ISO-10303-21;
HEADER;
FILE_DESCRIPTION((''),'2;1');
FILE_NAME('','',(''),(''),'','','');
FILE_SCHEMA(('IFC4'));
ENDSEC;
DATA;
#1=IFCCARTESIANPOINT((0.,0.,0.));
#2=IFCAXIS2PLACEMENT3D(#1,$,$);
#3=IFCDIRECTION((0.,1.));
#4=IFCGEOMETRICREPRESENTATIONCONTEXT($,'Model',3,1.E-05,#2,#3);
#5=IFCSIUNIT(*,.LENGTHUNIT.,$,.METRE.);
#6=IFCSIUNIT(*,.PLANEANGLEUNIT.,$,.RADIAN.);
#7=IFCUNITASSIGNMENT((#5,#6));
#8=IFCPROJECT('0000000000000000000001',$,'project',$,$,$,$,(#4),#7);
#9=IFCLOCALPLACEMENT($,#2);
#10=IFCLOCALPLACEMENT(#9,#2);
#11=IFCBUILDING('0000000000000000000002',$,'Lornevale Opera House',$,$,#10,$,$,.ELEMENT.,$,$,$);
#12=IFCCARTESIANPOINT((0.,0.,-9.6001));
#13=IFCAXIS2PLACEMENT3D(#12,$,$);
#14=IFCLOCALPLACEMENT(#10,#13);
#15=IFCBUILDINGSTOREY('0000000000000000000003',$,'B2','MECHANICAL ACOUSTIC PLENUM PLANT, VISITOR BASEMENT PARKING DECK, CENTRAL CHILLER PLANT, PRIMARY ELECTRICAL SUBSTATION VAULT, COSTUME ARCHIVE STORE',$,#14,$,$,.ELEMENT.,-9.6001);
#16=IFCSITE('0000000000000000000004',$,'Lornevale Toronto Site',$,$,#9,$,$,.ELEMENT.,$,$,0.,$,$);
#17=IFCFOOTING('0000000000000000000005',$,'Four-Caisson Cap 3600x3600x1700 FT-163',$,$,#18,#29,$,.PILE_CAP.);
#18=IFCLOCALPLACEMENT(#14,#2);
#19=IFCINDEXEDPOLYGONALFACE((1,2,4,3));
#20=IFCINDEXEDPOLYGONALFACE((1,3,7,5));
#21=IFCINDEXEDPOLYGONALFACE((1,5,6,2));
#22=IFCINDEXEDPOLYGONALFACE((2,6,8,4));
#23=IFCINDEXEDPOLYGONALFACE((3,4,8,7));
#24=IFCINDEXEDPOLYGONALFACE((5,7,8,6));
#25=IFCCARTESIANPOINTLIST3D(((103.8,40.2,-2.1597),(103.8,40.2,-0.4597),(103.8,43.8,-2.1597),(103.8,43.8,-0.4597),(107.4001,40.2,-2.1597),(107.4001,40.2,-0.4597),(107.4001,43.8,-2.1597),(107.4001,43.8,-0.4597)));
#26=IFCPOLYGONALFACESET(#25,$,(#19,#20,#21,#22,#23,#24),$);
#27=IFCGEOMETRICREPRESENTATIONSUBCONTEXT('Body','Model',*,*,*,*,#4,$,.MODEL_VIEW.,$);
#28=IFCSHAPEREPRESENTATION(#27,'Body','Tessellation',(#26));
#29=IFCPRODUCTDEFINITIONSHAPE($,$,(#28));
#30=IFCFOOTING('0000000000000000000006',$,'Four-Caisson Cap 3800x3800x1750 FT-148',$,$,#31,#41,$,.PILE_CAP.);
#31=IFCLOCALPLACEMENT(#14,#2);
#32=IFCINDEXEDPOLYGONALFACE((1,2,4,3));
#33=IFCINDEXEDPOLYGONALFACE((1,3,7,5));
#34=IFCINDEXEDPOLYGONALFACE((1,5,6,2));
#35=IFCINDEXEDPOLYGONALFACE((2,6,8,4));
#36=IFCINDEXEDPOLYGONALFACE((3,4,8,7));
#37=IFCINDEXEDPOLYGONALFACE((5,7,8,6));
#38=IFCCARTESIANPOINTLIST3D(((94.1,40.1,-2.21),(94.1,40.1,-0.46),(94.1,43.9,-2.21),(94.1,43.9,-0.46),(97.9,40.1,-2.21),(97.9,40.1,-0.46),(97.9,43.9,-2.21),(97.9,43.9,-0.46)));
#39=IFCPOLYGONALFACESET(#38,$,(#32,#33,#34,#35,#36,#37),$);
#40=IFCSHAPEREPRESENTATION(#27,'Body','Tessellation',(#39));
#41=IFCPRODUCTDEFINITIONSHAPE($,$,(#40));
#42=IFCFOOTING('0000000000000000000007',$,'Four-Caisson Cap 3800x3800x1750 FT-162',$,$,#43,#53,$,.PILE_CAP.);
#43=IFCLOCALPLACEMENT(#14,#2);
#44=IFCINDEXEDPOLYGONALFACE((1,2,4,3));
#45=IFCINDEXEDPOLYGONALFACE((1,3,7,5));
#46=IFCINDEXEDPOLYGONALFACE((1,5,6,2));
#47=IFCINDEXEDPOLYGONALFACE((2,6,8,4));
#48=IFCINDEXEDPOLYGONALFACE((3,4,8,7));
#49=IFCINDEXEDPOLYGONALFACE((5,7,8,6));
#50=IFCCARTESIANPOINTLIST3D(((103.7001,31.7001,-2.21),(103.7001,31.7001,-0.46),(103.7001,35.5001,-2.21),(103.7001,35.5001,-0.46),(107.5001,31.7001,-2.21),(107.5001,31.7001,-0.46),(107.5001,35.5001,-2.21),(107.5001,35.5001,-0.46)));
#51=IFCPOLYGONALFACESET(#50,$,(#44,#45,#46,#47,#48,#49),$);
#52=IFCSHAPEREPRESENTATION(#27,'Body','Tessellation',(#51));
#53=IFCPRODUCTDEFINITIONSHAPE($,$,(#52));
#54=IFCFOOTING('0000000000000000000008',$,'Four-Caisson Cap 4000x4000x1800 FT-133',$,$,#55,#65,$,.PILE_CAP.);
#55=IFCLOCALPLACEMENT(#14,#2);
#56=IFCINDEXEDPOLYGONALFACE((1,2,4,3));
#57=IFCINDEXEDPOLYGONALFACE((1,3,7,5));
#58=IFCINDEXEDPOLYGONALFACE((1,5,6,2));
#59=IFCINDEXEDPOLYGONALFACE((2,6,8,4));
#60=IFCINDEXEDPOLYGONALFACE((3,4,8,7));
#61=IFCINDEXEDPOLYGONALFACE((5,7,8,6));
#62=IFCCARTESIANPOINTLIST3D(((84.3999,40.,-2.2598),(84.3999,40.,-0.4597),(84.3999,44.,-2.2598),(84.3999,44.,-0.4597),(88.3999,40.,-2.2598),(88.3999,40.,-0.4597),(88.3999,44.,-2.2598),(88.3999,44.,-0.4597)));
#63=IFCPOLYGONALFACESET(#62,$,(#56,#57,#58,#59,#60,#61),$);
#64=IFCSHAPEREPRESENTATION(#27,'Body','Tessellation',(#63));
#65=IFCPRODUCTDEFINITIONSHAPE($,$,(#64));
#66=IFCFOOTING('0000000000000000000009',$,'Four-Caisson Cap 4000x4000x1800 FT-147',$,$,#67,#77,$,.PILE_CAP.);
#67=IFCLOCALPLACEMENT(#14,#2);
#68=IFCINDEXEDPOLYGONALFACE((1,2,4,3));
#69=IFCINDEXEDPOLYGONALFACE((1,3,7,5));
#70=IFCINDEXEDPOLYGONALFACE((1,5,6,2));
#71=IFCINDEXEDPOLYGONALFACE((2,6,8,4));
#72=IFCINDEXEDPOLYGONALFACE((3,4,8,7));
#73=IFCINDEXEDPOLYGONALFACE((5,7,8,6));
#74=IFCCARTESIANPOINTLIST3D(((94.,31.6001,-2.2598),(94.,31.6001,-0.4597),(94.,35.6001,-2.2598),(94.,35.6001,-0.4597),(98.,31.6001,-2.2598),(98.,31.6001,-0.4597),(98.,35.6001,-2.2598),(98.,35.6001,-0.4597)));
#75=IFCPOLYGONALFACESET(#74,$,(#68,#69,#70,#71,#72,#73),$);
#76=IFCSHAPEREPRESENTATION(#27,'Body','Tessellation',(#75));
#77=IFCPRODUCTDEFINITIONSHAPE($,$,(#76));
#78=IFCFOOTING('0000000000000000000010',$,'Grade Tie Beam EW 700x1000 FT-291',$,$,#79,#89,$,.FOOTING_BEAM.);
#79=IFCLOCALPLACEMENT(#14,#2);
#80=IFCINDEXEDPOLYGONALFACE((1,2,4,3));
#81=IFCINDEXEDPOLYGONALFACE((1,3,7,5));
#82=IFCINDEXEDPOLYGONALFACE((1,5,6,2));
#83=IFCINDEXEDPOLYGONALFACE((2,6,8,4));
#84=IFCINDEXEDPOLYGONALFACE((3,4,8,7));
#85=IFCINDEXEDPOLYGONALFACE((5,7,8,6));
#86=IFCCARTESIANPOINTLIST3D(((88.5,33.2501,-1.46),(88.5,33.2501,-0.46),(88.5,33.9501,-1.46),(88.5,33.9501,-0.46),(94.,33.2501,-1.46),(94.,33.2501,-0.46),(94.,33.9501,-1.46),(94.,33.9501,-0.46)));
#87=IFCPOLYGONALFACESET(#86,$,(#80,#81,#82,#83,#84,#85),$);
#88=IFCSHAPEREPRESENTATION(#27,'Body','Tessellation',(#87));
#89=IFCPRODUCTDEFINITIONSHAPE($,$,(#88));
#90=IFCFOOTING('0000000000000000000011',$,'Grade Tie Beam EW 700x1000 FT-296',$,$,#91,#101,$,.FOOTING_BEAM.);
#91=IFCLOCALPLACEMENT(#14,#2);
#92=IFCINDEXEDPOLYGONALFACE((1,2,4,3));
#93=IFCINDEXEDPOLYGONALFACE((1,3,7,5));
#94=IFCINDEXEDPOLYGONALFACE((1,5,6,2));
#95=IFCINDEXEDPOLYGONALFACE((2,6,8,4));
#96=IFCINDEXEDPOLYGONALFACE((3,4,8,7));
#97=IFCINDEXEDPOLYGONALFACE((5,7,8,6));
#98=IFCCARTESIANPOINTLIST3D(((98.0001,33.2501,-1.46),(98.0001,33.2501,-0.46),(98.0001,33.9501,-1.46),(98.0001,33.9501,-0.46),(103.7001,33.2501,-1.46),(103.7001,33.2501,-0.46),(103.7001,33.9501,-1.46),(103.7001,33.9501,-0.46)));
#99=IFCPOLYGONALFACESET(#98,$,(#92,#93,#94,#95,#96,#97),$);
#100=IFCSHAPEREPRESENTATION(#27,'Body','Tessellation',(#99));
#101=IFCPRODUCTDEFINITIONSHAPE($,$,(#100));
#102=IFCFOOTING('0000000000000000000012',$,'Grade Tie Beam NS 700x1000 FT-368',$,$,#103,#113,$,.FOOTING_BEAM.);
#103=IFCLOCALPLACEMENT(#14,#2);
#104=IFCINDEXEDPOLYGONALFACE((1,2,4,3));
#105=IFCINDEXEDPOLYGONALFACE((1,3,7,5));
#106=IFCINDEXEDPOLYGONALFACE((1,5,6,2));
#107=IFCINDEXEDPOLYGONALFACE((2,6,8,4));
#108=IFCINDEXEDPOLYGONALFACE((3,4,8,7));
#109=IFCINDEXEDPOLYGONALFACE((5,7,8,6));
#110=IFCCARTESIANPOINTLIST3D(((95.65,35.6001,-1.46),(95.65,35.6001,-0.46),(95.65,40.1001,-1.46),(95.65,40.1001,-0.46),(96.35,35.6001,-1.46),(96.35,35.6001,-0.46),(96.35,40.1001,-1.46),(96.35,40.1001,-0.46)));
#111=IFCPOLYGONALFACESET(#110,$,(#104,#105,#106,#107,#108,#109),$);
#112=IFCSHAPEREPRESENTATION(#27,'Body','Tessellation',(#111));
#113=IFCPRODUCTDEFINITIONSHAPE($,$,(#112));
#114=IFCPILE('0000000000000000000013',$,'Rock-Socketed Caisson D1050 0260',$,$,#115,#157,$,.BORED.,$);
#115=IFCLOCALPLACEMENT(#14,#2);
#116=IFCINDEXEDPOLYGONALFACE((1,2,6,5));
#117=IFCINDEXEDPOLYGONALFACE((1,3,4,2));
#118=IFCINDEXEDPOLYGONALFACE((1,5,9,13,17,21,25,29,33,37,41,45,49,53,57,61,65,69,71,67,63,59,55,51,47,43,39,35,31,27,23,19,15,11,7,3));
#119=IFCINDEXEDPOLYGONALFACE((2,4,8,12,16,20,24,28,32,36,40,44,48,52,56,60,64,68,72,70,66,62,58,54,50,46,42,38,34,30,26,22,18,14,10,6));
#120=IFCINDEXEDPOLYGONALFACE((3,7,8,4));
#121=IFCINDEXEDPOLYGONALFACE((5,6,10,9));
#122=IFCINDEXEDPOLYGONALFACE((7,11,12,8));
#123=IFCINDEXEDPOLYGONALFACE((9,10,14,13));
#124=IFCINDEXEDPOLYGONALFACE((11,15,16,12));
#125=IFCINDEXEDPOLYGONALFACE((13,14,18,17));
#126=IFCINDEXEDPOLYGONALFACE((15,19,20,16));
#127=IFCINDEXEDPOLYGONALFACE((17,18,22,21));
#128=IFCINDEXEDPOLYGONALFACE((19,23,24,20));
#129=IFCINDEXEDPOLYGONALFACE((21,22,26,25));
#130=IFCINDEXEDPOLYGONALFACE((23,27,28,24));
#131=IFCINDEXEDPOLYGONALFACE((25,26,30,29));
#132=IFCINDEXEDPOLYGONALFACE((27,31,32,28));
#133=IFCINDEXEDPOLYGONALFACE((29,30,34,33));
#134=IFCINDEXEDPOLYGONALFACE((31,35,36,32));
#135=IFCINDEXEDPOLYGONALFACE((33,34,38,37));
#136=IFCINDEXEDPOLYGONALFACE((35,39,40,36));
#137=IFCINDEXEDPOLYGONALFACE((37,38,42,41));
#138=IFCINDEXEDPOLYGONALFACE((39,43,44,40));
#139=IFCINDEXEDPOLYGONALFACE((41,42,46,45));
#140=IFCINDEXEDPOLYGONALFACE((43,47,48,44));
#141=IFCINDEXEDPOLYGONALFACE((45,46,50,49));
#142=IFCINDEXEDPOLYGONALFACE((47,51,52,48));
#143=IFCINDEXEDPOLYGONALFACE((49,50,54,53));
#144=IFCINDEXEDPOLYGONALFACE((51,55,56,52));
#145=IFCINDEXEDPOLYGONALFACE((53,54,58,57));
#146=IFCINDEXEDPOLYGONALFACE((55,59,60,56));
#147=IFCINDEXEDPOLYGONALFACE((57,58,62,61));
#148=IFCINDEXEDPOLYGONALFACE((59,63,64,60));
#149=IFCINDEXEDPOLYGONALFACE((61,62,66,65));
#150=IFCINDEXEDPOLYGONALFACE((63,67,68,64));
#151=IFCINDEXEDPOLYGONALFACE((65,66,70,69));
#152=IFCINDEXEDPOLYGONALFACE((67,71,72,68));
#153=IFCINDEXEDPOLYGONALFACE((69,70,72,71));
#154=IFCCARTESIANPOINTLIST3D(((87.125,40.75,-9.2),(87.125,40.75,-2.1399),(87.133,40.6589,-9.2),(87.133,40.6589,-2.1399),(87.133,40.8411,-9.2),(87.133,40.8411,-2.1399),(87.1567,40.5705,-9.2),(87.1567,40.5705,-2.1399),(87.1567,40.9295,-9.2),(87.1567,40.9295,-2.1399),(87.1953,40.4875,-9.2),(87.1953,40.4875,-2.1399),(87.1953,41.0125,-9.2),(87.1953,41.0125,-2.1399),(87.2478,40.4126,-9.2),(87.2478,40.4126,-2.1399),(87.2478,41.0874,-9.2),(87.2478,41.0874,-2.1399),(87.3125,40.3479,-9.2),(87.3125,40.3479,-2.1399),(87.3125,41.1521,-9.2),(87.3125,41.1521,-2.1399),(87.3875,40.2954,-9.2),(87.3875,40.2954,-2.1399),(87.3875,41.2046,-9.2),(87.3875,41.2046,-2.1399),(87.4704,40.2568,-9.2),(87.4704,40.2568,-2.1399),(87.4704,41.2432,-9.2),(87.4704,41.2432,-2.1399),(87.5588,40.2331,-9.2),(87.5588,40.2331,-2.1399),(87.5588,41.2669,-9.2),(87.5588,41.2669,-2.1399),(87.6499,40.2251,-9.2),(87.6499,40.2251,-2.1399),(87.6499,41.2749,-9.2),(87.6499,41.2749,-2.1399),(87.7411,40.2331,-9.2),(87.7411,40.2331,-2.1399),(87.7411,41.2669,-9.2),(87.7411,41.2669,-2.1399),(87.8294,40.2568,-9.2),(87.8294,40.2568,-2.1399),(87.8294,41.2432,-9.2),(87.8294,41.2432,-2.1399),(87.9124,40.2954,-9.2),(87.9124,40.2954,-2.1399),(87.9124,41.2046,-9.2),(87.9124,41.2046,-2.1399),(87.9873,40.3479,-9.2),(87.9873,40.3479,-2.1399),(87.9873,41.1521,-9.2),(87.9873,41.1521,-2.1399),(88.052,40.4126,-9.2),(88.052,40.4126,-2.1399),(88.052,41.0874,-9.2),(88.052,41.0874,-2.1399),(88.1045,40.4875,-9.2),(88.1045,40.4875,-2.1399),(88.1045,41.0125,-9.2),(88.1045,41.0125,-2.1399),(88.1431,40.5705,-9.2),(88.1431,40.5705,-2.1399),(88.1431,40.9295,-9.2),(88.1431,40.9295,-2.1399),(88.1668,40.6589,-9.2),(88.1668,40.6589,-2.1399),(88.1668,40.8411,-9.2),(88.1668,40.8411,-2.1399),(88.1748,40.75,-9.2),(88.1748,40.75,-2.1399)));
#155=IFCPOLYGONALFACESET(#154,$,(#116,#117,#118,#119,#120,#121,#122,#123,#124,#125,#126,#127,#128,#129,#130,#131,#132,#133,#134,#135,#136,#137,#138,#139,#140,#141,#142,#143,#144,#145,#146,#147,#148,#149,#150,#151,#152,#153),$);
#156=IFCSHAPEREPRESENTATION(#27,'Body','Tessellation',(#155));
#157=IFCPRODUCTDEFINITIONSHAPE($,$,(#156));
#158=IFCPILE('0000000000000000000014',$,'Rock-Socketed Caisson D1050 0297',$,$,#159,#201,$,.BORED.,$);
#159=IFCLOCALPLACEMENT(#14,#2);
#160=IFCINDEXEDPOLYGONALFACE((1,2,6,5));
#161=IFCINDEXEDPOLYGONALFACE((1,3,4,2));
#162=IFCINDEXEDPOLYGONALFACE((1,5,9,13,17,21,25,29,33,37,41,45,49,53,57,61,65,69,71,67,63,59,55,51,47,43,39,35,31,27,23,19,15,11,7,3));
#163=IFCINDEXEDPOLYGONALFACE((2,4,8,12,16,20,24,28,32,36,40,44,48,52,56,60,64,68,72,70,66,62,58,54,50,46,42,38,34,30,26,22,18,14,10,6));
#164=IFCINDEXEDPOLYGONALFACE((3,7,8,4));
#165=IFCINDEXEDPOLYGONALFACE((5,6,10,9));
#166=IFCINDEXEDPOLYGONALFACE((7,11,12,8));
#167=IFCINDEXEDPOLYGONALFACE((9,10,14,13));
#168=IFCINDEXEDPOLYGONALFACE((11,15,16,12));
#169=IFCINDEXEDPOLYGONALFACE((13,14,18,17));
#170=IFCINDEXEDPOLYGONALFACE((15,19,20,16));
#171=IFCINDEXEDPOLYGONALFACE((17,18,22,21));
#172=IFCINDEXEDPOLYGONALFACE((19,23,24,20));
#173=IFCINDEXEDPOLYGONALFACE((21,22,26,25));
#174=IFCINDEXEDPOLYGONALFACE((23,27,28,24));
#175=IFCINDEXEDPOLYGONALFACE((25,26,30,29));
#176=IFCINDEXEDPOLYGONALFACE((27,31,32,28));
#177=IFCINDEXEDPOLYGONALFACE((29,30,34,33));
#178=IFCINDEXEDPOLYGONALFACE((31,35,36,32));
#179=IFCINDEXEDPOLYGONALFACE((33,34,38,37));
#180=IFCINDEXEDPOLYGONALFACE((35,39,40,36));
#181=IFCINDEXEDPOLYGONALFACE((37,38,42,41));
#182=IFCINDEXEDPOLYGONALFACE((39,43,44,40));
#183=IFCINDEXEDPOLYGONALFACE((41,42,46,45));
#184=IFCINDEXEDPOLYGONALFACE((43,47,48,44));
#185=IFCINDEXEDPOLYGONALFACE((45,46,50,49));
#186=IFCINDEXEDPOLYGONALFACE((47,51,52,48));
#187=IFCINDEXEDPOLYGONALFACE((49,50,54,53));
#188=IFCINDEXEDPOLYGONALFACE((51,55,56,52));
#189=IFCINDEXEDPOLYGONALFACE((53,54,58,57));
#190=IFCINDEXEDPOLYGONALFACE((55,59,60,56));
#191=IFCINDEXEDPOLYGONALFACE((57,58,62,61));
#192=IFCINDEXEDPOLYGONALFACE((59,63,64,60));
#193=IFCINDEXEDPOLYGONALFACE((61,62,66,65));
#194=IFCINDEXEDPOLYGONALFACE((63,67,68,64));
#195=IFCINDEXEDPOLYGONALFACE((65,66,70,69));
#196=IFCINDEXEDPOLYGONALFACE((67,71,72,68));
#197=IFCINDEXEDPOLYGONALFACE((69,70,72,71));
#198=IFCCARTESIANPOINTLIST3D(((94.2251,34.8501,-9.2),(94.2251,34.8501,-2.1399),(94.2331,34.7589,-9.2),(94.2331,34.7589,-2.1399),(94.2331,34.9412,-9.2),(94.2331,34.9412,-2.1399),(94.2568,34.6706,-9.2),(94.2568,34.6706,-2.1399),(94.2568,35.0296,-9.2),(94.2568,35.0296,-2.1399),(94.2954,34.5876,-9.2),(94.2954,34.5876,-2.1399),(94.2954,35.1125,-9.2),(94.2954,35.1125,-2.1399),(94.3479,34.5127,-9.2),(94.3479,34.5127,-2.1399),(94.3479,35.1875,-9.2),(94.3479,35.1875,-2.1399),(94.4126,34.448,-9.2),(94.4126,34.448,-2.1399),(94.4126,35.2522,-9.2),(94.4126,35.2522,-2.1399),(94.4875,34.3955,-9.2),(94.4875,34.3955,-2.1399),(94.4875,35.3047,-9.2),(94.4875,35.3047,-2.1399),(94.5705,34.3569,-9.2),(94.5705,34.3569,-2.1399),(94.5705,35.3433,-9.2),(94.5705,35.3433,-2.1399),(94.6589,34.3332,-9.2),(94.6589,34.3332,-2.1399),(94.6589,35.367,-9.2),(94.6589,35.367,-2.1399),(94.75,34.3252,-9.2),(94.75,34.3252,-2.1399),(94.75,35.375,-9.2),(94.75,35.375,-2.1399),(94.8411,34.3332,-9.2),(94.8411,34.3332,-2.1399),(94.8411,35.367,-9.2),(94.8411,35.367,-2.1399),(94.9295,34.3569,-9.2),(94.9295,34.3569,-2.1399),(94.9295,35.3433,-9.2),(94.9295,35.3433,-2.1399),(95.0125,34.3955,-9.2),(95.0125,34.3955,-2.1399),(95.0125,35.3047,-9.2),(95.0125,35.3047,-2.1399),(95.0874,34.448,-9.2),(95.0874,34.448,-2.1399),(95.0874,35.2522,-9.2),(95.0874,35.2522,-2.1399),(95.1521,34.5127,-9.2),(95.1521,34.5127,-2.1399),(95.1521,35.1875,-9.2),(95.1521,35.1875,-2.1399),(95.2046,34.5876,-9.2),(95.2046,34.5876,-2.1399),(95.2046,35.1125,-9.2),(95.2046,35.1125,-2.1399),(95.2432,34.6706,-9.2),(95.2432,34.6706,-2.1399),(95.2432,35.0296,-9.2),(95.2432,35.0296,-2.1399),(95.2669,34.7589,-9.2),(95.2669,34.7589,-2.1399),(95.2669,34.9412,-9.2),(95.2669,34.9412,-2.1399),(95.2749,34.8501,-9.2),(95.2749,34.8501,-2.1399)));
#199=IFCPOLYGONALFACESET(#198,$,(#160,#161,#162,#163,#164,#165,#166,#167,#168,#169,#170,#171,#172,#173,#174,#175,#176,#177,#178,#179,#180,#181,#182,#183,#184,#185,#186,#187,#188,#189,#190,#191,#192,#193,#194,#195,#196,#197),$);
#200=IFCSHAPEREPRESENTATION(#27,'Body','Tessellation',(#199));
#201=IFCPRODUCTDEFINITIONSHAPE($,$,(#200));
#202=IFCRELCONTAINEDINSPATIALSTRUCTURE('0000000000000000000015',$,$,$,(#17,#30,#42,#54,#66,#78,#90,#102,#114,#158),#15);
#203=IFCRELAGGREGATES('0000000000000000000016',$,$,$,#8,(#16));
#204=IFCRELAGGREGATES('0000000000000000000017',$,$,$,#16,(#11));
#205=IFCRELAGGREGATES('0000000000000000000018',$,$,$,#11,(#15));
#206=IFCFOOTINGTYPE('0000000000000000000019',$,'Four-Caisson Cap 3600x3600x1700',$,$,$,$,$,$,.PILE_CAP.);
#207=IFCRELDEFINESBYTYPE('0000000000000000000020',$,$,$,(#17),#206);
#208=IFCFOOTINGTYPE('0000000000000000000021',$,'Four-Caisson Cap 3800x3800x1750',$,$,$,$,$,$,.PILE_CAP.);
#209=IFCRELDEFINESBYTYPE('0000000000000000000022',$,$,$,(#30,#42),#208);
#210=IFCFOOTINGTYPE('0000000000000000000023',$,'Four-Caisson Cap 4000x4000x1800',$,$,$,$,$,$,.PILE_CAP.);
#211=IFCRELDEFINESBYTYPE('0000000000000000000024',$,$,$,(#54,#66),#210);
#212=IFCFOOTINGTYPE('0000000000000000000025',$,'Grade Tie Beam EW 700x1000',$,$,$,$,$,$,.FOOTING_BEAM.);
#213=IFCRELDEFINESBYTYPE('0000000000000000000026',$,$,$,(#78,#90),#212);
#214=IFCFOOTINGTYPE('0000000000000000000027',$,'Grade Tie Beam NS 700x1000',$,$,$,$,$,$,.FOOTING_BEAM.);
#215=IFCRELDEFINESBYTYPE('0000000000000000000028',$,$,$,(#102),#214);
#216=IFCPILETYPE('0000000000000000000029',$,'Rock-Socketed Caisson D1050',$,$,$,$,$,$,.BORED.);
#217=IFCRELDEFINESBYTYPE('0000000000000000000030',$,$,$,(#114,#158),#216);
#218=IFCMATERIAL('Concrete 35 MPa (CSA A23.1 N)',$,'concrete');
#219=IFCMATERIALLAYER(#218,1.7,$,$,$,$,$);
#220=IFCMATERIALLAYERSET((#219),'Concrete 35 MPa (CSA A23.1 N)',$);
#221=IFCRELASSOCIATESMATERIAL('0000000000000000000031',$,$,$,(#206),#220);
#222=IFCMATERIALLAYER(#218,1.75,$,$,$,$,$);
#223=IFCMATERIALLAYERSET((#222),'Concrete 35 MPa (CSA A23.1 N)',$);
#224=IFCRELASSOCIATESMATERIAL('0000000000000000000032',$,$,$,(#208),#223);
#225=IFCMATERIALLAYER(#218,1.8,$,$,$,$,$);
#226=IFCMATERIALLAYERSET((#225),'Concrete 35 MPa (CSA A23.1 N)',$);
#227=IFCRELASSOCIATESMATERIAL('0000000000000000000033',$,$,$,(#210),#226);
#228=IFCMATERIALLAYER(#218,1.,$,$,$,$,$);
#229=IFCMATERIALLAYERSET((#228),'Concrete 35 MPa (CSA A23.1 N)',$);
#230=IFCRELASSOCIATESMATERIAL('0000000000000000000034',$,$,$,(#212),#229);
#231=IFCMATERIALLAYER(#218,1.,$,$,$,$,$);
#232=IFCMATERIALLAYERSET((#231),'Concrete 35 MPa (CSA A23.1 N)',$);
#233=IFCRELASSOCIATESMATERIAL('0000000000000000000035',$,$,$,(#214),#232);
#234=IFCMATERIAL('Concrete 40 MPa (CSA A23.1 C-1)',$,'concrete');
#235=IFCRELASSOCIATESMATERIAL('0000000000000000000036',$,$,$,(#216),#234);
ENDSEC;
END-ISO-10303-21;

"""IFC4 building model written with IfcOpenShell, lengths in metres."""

from ifc_helpers import new_model, si_unit, direction, frame, origin, origin_2d, place, context, subcontext, project, spatial, rectangle, circle, extrude, material, layer, layer_set, material_profile, profile_set, type_object, element, save


model = new_model("IFC4")

# Units and contexts
model_context = context("Model", 3, precision=1e-05, world=origin(), true_north=direction((0.0, 1.0)))
body_context = subcontext(model_context, "Body", "Model", "MODEL_VIEW")
ifc_project = project(units=[si_unit("LENGTHUNIT", "METRE"), si_unit("PLANEANGLEUNIT", "RADIAN")], contexts=[model_context])

# Site, building, storey
site_placement = place(None, origin())
site = spatial("IfcSite", under=ifc_project, at=site_placement, Name="Lornevale Toronto Site", CompositionType="ELEMENT", RefElevation=0.0)
building_placement = place(site_placement, origin())
building = spatial("IfcBuilding", under=site, at=building_placement, Name="Lornevale Opera House", CompositionType="ELEMENT")
storey_placement = place(building_placement, frame((0.0, 0.0, -9.6001)))
storey = spatial("IfcBuildingStorey", under=building, at=storey_placement, Name="B2", Description="MECHANICAL ACOUSTIC PLENUM PLANT, VISITOR BASEMENT PARKING DECK, CENTRAL CHILLER PLANT, PRIMARY ELECTRICAL SUBSTATION VAULT, COSTUME ARCHIVE STORE", CompositionType="ELEMENT", Elevation=-9.6001)

# Footings
ifc_material_1 = material(Name="Concrete 35 MPa (CSA A23.1 N)", Category="concrete")
ifc_layer_1 = layer(ifc_material_1, 1.7)
ifc_layer_set_1 = layer_set([ifc_layer_1], Name="Concrete 35 MPa (CSA A23.1 N)")
footing_type_1 = type_object("IfcFootingType", Name="Four-Caisson Cap 3600x3600x1700", PredefinedType="PILE_CAP", material=ifc_layer_set_1)
footing_1_placement = place(storey_placement, frame((105.6001, 42.0, -2.1597), z_axis=(0.0, 0.0, 1.0), x_axis=(1.0, 0.0, 0.0)))
element("IfcFooting", 1, at=footing_1_placement, inside=storey, type_object=footing_type_1, Name="Four-Caisson Cap 3600x3600x1700 FT-163", PredefinedType="PILE_CAP", context=body_context, shape_type="SweptSolid", body=[
    extrude(rectangle(XDim=3.6001, YDim=3.6001, at=origin_2d()), origin(), (0.0, 0.0, 1.0), 1.7),
])
ifc_layer_2 = layer(ifc_material_1, 1.75)
ifc_layer_set_2 = layer_set([ifc_layer_2], Name="Concrete 35 MPa (CSA A23.1 N)")
footing_type_2 = type_object("IfcFootingType", Name="Four-Caisson Cap 3800x3800x1750", PredefinedType="PILE_CAP", material=ifc_layer_set_2)
for number, where, z_axis, x_axis, name in (
    (2, (96.0, 42.0, -2.21), (0.0, 0.0, 1.0), (1.0, 0.0, 0.0), "Four-Caisson Cap 3800x3800x1750 FT-148"),
    (3, (105.6001, 33.6001, -2.21), (0.0, 0.0, 1.0), (1.0, 0.0, 0.0), "Four-Caisson Cap 3800x3800x1750 FT-162"),
):
    element("IfcFooting", number, at=place(storey_placement, frame(where, z_axis=z_axis, x_axis=x_axis)), inside=storey, type_object=footing_type_2, Name=name, PredefinedType="PILE_CAP", context=body_context, shape_type="SweptSolid", body=[
        extrude(rectangle(XDim=3.8, YDim=3.8, at=origin_2d()), origin(), (0.0, 0.0, 1.0), 1.75),
    ])
ifc_layer_3 = layer(ifc_material_1, 1.8)
ifc_layer_set_3 = layer_set([ifc_layer_3], Name="Concrete 35 MPa (CSA A23.1 N)")
footing_type_3 = type_object("IfcFootingType", Name="Four-Caisson Cap 4000x4000x1800", PredefinedType="PILE_CAP", material=ifc_layer_set_3)
for number, where, z_axis, x_axis, name in (
    (4, (86.3999, 42.0, -2.2598), (0.0, 0.0, 1.0), (1.0, 0.0, 0.0), "Four-Caisson Cap 4000x4000x1800 FT-133"),
    (5, (96.0, 33.6001, -2.2598), (0.0, 0.0, 1.0), (1.0, 0.0, 0.0), "Four-Caisson Cap 4000x4000x1800 FT-147"),
):
    element("IfcFooting", number, at=place(storey_placement, frame(where, z_axis=z_axis, x_axis=x_axis)), inside=storey, type_object=footing_type_3, Name=name, PredefinedType="PILE_CAP", context=body_context, shape_type="SweptSolid", body=[
        extrude(rectangle(XDim=4.0, YDim=4.0, at=origin_2d()), origin(), (0.0, 0.0, 1.0), 1.8),
    ])
ifc_layer_4 = layer(ifc_material_1, 1.0)
ifc_layer_set_4 = layer_set([ifc_layer_4], Name="Concrete 35 MPa (CSA A23.1 N)")
footing_type_4 = type_object("IfcFootingType", Name="Grade Tie Beam EW 700x1000", PredefinedType="FOOTING_BEAM", material=ifc_layer_set_4)
footing_2_placement = place(storey_placement, frame((91.25, 33.6001, -1.46), z_axis=(0.0, 0.0, 1.0), x_axis=(1.0, 0.0, 0.0)))
element("IfcFooting", 6, at=footing_2_placement, inside=storey, type_object=footing_type_4, Name="Grade Tie Beam EW 700x1000 FT-291", PredefinedType="FOOTING_BEAM", context=body_context, shape_type="SweptSolid", body=[
    extrude(rectangle(XDim=5.5, YDim=0.7, at=origin_2d()), origin(), (0.0, 0.0, 1.0), 1.0),
])
footing_3_placement = place(storey_placement, frame((100.8501, 33.6001, -1.46), z_axis=(0.0, 0.0, 1.0), x_axis=(1.0, 0.0, 0.0)))
element("IfcFooting", 7, at=footing_3_placement, inside=storey, type_object=footing_type_4, Name="Grade Tie Beam EW 700x1000 FT-296", PredefinedType="FOOTING_BEAM", context=body_context, shape_type="SweptSolid", body=[
    extrude(rectangle(XDim=5.7, YDim=0.7, at=origin_2d()), origin(), (0.0, 0.0, 1.0), 1.0),
])
ifc_layer_5 = layer(ifc_material_1, 1.0)
ifc_layer_set_5 = layer_set([ifc_layer_5], Name="Concrete 35 MPa (CSA A23.1 N)")
footing_type_5 = type_object("IfcFootingType", Name="Grade Tie Beam NS 700x1000", PredefinedType="FOOTING_BEAM", material=ifc_layer_set_5)
footing_4_placement = place(storey_placement, frame((96.0, 37.8501, -1.46), z_axis=(0.0, 0.0, 1.0), x_axis=(1.0, 0.0, 0.0)))
element("IfcFooting", 8, at=footing_4_placement, inside=storey, type_object=footing_type_5, Name="Grade Tie Beam NS 700x1000 FT-368", PredefinedType="FOOTING_BEAM", context=body_context, shape_type="SweptSolid", body=[
    extrude(rectangle(XDim=0.7, YDim=4.5, at=origin_2d()), origin(), (0.0, 0.0, 1.0), 1.0),
])

# Piles
ifc_material_2 = material(Name="Concrete 40 MPa (CSA A23.1 C-1)", Category="concrete")
ifc_material_profile_1 = material_profile(ifc_material_2, circle(Radius=0.5249, at=origin_2d()), Name="CAIS1050")
ifc_profile_set_1 = profile_set([ifc_material_profile_1], Name="Concrete 40 MPa (CSA A23.1 C-1)")
pile_type_1 = type_object("IfcPileType", Name="Rock-Socketed Caisson D1050", PredefinedType="BORED", material=ifc_profile_set_1)
for number, where, z_axis, x_axis, name in (
    (9, (87.6499, 40.75, -2.1399), (0.0, 0.0, -1.0), (1.0, 0.0, 0.0), "Rock-Socketed Caisson D1050 0260"),
    (10, (94.75, 34.8501, -2.1399), (0.0, 0.0, -1.0), (1.0, 0.0, 0.0), "Rock-Socketed Caisson D1050 0297"),
):
    element("IfcPile", number, at=place(storey_placement, frame(where, z_axis=z_axis, x_axis=x_axis)), inside=storey, type_object=pile_type_1, Name=name, PredefinedType="BORED", context=body_context, shape_type="SweptSolid", body=[
        extrude(circle(Radius=0.5249, at=origin_2d()), origin(), (0.0, 0.0, 1.0), 7.0601),
    ])

save(model, "model.ifc")
